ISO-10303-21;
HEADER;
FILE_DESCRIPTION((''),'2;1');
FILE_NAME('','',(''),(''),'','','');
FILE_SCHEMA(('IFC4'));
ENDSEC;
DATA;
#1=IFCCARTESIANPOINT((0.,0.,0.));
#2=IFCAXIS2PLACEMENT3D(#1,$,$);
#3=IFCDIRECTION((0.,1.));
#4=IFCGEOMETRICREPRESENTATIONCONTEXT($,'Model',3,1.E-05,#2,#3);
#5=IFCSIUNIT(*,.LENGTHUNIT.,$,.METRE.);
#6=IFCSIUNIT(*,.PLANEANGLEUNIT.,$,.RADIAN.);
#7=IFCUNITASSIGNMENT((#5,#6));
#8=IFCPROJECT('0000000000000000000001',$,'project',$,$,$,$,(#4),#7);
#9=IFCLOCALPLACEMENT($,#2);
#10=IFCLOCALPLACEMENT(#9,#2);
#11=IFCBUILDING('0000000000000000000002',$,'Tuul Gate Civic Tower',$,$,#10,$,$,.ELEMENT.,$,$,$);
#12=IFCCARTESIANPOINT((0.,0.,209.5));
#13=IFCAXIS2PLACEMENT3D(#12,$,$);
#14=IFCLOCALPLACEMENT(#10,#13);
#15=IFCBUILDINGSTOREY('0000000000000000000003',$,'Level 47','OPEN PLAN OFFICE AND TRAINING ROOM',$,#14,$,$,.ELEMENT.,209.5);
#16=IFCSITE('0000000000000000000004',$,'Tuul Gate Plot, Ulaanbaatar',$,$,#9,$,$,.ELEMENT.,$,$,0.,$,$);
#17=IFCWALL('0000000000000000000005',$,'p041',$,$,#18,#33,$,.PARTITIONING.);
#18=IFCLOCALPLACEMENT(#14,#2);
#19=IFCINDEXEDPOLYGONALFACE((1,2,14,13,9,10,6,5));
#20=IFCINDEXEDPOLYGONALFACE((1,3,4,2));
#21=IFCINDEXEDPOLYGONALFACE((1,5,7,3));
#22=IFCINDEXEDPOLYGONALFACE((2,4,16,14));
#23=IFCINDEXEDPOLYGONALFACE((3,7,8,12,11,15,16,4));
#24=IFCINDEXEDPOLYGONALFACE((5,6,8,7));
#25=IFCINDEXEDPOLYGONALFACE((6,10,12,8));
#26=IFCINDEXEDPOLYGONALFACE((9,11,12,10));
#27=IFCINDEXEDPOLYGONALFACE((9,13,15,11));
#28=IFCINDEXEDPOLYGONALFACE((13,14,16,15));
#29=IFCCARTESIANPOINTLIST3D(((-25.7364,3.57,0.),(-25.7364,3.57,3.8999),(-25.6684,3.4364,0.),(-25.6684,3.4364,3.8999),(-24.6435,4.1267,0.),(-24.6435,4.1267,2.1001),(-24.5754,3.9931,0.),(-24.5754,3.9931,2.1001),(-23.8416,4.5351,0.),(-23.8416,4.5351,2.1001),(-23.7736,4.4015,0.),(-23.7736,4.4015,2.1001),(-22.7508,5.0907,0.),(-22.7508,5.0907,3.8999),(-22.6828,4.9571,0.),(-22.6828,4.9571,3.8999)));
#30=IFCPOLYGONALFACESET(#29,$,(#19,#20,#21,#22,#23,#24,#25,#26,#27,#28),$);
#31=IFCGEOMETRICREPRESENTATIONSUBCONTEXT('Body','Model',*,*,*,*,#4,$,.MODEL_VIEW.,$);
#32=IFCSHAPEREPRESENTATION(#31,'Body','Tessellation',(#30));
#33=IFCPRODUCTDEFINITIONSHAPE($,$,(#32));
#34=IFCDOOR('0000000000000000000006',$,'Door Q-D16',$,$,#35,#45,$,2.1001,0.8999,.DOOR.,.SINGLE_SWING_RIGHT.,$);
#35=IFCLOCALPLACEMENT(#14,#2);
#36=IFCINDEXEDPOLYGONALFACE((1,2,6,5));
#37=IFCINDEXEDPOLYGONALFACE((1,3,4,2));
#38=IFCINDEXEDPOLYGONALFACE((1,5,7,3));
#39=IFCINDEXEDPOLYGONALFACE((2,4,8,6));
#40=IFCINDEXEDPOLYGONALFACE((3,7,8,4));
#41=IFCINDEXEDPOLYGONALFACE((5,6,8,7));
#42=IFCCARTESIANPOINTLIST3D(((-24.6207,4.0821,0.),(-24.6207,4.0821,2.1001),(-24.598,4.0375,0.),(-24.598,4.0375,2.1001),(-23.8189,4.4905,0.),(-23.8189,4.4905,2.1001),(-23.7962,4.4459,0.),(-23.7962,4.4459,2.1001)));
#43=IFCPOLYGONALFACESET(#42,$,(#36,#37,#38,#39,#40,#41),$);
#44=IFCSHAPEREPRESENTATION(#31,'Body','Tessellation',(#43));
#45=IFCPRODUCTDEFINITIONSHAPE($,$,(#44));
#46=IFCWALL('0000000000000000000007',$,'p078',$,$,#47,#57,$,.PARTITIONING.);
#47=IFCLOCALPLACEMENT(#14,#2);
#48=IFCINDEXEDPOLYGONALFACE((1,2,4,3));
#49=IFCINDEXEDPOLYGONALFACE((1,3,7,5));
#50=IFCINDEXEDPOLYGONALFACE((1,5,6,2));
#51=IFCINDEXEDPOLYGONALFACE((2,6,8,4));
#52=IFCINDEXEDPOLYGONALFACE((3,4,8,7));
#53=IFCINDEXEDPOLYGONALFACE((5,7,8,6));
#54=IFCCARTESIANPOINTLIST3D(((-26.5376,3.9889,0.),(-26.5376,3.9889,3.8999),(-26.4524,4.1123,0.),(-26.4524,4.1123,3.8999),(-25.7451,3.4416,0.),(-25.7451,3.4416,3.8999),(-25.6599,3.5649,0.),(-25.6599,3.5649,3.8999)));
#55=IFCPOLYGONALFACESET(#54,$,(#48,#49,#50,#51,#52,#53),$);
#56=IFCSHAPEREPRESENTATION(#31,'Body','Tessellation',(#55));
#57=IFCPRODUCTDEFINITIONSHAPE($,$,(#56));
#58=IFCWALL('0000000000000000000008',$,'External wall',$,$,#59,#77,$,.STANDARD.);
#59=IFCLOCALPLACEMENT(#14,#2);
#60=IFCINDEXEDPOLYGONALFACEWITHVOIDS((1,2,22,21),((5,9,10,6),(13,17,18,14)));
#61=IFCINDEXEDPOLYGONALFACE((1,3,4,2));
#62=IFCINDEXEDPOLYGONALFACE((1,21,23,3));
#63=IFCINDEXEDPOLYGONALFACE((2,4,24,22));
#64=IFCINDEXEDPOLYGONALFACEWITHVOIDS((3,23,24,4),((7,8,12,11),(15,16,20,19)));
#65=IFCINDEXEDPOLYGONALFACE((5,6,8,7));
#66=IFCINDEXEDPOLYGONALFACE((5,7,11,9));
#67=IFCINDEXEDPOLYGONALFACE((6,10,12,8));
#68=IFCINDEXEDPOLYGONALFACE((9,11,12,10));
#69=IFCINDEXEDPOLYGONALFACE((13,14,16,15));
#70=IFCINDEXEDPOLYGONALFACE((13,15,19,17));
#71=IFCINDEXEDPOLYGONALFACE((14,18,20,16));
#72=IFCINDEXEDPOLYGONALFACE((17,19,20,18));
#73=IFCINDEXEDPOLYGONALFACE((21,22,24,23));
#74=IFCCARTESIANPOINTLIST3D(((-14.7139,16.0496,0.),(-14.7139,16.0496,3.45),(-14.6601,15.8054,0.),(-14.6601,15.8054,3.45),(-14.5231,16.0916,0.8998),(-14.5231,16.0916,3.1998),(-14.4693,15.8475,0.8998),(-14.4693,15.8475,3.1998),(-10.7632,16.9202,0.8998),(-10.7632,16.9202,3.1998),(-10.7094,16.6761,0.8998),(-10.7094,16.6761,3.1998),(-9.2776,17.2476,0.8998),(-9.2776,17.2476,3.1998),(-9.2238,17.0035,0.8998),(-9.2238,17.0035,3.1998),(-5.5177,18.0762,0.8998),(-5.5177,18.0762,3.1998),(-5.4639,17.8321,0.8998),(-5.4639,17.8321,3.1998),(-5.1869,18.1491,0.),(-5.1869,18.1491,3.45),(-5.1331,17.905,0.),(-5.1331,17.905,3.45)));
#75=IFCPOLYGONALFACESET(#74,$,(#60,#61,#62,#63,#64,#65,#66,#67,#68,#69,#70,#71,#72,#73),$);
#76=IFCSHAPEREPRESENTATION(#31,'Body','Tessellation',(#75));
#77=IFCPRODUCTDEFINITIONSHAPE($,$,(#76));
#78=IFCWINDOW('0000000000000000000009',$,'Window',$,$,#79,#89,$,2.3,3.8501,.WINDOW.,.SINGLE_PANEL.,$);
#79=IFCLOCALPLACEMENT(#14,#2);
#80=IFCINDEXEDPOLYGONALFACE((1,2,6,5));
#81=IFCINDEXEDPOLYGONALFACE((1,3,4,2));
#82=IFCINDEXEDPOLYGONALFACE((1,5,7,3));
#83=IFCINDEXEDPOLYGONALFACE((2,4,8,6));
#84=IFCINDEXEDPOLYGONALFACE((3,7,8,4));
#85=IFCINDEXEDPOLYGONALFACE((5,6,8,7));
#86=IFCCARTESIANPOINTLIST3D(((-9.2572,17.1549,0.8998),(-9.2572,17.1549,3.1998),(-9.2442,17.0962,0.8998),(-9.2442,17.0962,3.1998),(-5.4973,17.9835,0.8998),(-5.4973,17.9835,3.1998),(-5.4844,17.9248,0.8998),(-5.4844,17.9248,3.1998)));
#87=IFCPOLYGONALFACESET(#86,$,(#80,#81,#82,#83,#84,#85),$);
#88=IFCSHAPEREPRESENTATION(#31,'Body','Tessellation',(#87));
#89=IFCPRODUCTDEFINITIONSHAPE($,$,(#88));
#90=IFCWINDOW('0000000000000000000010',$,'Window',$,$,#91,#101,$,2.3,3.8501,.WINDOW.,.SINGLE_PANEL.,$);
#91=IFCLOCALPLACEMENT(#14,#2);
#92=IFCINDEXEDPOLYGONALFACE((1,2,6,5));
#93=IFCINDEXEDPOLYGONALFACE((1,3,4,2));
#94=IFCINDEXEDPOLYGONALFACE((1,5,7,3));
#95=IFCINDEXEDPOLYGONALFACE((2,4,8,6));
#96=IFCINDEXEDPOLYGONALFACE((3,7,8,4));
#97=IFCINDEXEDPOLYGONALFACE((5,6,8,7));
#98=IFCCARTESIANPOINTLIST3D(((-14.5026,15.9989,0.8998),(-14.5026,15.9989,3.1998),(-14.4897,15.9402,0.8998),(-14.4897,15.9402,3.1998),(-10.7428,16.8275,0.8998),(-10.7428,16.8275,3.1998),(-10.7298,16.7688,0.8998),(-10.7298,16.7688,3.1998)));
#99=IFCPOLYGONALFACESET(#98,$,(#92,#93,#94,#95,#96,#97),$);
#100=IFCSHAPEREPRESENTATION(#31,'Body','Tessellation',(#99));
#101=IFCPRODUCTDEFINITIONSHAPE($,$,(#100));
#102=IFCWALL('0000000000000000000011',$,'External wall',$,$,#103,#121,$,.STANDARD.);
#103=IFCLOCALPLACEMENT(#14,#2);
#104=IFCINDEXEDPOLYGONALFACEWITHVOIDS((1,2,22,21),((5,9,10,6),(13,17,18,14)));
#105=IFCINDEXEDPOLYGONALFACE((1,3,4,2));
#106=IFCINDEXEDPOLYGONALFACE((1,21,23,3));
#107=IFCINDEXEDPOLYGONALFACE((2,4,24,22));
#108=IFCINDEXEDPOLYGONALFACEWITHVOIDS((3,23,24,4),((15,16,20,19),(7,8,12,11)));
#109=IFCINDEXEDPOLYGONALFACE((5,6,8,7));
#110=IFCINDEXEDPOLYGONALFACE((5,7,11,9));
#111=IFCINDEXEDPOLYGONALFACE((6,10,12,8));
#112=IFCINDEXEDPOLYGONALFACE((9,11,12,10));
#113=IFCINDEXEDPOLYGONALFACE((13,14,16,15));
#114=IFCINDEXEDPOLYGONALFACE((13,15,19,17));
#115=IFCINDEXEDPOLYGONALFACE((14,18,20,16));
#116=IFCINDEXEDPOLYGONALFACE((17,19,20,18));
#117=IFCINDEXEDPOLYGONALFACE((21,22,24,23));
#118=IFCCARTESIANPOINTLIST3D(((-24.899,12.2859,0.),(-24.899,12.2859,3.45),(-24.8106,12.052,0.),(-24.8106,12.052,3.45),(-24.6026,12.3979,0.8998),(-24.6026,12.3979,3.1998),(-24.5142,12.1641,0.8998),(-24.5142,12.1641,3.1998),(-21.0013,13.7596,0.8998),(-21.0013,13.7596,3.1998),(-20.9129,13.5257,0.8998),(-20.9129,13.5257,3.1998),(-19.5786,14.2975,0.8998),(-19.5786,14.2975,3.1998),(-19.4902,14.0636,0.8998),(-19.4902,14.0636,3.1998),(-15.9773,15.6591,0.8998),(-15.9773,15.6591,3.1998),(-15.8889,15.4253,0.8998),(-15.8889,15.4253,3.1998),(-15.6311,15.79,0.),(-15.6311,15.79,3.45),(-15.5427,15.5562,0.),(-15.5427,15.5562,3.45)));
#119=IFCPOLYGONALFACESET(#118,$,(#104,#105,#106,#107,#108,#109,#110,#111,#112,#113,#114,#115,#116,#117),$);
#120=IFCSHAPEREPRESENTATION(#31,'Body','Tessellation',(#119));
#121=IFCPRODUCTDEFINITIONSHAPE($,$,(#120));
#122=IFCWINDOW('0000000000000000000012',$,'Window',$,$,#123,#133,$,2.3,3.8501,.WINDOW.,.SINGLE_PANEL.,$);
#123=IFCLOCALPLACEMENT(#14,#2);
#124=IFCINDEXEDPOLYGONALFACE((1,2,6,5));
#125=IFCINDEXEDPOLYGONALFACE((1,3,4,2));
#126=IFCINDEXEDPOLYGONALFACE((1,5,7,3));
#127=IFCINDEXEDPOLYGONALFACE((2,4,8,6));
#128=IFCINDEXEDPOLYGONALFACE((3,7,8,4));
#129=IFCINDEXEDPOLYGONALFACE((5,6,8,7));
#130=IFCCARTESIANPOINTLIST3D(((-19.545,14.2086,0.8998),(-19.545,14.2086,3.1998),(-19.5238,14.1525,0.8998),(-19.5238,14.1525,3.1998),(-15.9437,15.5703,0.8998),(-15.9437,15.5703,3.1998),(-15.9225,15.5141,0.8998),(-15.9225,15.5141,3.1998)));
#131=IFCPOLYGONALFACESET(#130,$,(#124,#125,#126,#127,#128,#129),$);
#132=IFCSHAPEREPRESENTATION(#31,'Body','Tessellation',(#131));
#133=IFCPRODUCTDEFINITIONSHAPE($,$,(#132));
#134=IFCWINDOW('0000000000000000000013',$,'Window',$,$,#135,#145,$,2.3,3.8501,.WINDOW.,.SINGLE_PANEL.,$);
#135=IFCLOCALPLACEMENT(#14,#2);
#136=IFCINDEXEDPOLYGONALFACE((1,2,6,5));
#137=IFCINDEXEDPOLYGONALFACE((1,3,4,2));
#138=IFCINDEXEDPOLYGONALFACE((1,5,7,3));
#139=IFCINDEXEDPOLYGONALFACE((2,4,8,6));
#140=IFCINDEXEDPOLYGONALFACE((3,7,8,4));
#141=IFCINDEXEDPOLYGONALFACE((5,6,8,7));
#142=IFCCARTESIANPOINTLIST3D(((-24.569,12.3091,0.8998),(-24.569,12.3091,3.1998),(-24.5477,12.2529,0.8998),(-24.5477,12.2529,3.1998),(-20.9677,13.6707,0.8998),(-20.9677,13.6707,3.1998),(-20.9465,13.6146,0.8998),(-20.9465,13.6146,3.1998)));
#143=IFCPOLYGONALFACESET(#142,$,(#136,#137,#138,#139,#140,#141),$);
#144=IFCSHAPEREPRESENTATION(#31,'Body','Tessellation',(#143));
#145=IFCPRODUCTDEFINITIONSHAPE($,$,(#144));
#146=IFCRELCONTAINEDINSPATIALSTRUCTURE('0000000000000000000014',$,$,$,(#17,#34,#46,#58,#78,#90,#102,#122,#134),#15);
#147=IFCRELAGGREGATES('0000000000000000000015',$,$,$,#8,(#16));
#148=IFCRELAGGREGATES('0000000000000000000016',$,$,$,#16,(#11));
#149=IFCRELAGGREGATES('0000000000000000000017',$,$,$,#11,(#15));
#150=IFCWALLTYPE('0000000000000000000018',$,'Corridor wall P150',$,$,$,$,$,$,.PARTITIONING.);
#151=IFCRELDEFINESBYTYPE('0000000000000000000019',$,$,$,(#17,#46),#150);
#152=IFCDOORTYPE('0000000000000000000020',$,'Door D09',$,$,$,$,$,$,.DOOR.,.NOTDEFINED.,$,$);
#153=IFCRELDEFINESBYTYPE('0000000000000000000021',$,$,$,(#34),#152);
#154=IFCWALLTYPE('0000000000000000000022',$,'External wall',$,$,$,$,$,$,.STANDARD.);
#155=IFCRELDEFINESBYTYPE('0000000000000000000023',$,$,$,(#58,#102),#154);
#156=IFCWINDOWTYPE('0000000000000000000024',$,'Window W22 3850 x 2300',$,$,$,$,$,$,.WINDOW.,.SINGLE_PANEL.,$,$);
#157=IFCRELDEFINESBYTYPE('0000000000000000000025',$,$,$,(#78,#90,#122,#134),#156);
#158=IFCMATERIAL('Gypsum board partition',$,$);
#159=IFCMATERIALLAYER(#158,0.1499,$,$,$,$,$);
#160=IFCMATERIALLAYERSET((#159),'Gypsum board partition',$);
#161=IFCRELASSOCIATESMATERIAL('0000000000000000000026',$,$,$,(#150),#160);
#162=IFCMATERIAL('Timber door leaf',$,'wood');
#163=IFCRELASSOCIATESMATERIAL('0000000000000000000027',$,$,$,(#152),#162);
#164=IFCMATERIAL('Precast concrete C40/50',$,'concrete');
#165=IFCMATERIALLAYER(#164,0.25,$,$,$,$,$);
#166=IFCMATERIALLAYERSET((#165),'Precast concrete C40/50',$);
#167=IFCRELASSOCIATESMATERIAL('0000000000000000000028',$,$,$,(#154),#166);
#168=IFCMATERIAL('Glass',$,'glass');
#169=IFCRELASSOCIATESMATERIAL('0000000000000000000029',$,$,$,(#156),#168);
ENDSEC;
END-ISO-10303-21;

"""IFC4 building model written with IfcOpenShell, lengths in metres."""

from ifc_helpers import new_model, si_unit, direction, frame, frame_2d, origin, place, context, subcontext, project, spatial, rectangle, extrude, material, layer, layer_set, type_object, element, fill, save


model = new_model("IFC4")

# Units and contexts
model_context = context("Model", 3, precision=1e-05, world=origin(), true_north=direction((0.0, 1.0)))
body_context = subcontext(model_context, "Body", "Model", "MODEL_VIEW")
ifc_project = project(units=[si_unit("LENGTHUNIT", "METRE"), si_unit("PLANEANGLEUNIT", "RADIAN")], contexts=[model_context])

# Site, building, storey
site_placement = place(None, origin())
site = spatial("IfcSite", under=ifc_project, at=site_placement, Name="Tuul Gate Plot, Ulaanbaatar", CompositionType="ELEMENT", RefElevation=0.0)
building_placement = place(site_placement, origin())
building = spatial("IfcBuilding", under=site, at=building_placement, Name="Tuul Gate Civic Tower", CompositionType="ELEMENT")
storey_placement = place(building_placement, frame((0.0, 0.0, 209.5)))
storey = spatial("IfcBuildingStorey", under=building, at=storey_placement, Name="Level 47", Description="OPEN PLAN OFFICE AND TRAINING ROOM", CompositionType="ELEMENT", Elevation=209.5)

# Shared definitions
ifc_material_1 = material(Name="Gypsum board partition")
ifc_layer_1 = layer(ifc_material_1, 0.1499)
ifc_layer_set_1 = layer_set([ifc_layer_1], Name="Gypsum board partition")
wall_type_1 = type_object("IfcWallType", Name="Corridor wall P150", PredefinedType="PARTITIONING", material=ifc_layer_set_1)
ifc_material_2 = material(Name="Timber door leaf", Category="wood")
door_type_1 = type_object("IfcDoorType", Name="Door D09", OperationType="NOTDEFINED", PredefinedType="DOOR", material=ifc_material_2)

# Wall, opening, door
wall_1_placement = place(storey_placement, frame((-25.7024, 3.5032, 0.0), z_axis=(0.0, 0.0, 1.0), x_axis=(0.891065, 0.453876, 0.0)))
wall_1 = element("IfcWall", 1, at=wall_1_placement, inside=storey, type_object=wall_type_1, Name="p041", PredefinedType="PARTITIONING", context=body_context, shape_type="SweptSolid", body=[
    extrude(rectangle(XDim=3.3506, YDim=0.1499, at=frame_2d((1.6753, 0.0))), origin(), (0.0, 0.0, 1.0), 3.8999),
])
opening_1_placement = place(wall_1_placement, frame((1.2266, 0.0, 0.0)))
opening_1 = element("IfcOpeningElement", 2, at=opening_1_placement, cuts=wall_1, PredefinedType="OPENING", context=body_context, shape_type="SweptSolid", body=[
    extrude(rectangle(XDim=0.8999, YDim=2.1001, at=frame_2d((0.45, 1.05))), frame((0.0, 0.085, 0.0), z_axis=(0.0, -1.0, 0.0), x_axis=(1.0, 0.0, 0.0)), (0.0, 0.0, 1.0), 0.1699),
])
door_1_placement = place(opening_1_placement, origin())
door_1 = element("IfcDoor", 3, at=door_1_placement, inside=storey, type_object=door_type_1, Name="Door Q-D16", OperationType="SINGLE_SWING_RIGHT", OverallHeight=2.1001, OverallWidth=0.8999, PredefinedType="DOOR", context=body_context, shape_type="SweptSolid", body=[
    extrude(rectangle(XDim=0.8999, YDim=2.1001, at=frame_2d((0.45, 1.05))), frame((0.0, 0.0249, 0.0), z_axis=(0.0, -1.0, 0.0), x_axis=(1.0, 0.0, 0.0)), (0.0, 0.0, 1.0), 0.05),
])
fill(opening_1, door_1)

# Wall
wall_2_placement = place(storey_placement, frame((-26.4949, 4.0505, 0.0), z_axis=(0.0, 0.0, 1.0), x_axis=(0.822812, -0.568313, 0.0)))
element("IfcWall", 4, at=wall_2_placement, inside=storey, type_object=wall_type_1, Name="p078", PredefinedType="PARTITIONING", context=body_context, shape_type="SweptSolid", body=[
    extrude(rectangle(XDim=0.9631, YDim=0.1499, at=frame_2d((0.4814, 0.0))), origin(), (0.0, 0.0, 1.0), 3.8999),
])

# Walls, openings, windows
ifc_material_3 = material(Name="Precast concrete C40/50", Category="concrete")
ifc_layer_2 = layer(ifc_material_3, 0.25)
ifc_layer_set_2 = layer_set([ifc_layer_2], Name="Precast concrete C40/50")
wall_type_2 = type_object("IfcWallType", Name="External wall", PredefinedType="STANDARD", material=ifc_layer_set_2)
wall_3_placement = place(storey_placement, frame((-5.1599, 18.0271, 0.0), z_axis=(0.0, 0.0, 1.0), x_axis=(-0.976566, -0.215218, 0.0)))
wall_3 = element("IfcWall", 5, at=wall_3_placement, inside=storey, type_object=wall_type_2, Name="External wall", PredefinedType="STANDARD", context=body_context, shape_type="SweptSolid", body=[
    extrude(rectangle(XDim=9.7556, YDim=0.25, at=frame_2d((4.8779, 0.0))), origin(), (0.0, 0.0, 1.0), 3.45),
])
opening_2_placement = place(wall_3_placement, frame((0.3389, 0.0, 0.8999)))
opening_2 = element("IfcOpeningElement", 6, at=opening_2_placement, cuts=wall_3, PredefinedType="OPENING", context=body_context, shape_type="SweptSolid", body=[
    extrude(rectangle(XDim=3.8501, YDim=2.3, at=frame_2d((1.925, 1.1499))), frame((0.0, 0.135, 0.0), z_axis=(0.0, -1.0, 0.0), x_axis=(1.0, 0.0, 0.0)), (0.0, 0.0, 1.0), 0.27),
])
opening_3_placement = place(wall_3_placement, frame((5.7102, 0.0, 0.8999)))
opening_3 = element("IfcOpeningElement", 7, at=opening_3_placement, cuts=wall_3, PredefinedType="OPENING", context=body_context, shape_type="SweptSolid", body=[
    extrude(rectangle(XDim=3.8501, YDim=2.3, at=frame_2d((1.925, 1.1499))), frame((0.0, 0.135, 0.0), z_axis=(0.0, -1.0, 0.0), x_axis=(1.0, 0.0, 0.0)), (0.0, 0.0, 1.0), 0.27),
])
ifc_material_4 = material(Name="Glass", Category="glass")
window_type = type_object("IfcWindowType", Name="Window W22 3850 x 2300", PartitioningType="SINGLE_PANEL", PredefinedType="WINDOW", material=ifc_material_4)
window_1_placement = place(opening_2_placement, origin())
window_1 = element("IfcWindow", 8, at=window_1_placement, inside=storey, type_object=window_type, Name="Window", OverallHeight=2.3, OverallWidth=3.8501, PartitioningType="SINGLE_PANEL", PredefinedType="WINDOW", context=body_context, shape_type="SweptSolid", body=[
    extrude(rectangle(XDim=3.8501, YDim=2.3, at=frame_2d((1.925, 1.1499))), frame((0.0, 0.03, 0.0), z_axis=(0.0, -1.0, 0.0), x_axis=(1.0, 0.0, 0.0)), (0.0, 0.0, 1.0), 0.0601),
])
fill(opening_2, window_1)
window_2_placement = place(opening_3_placement, origin())
window_2 = element("IfcWindow", 9, at=window_2_placement, inside=storey, type_object=window_type, Name="Window", OverallHeight=2.3, OverallWidth=3.8501, PartitioningType="SINGLE_PANEL", PredefinedType="WINDOW", context=body_context, shape_type="SweptSolid", body=[
    extrude(rectangle(XDim=3.8501, YDim=2.3, at=frame_2d((1.925, 1.1499))), frame((0.0, 0.03, 0.0), z_axis=(0.0, -1.0, 0.0), x_axis=(1.0, 0.0, 0.0)), (0.0, 0.0, 1.0), 0.0601),
])
fill(opening_3, window_2)
wall_4_placement = place(storey_placement, frame((-15.5869, 15.6731, 0.0), z_axis=(0.0, 0.0, 1.0), x_axis=(-0.935373, -0.353663, 0.0)))
wall_4 = element("IfcWall", 10, at=wall_4_placement, inside=storey, type_object=wall_type_2, Name="External wall", PredefinedType="STANDARD", context=body_context, shape_type="SweptSolid", body=[
    extrude(rectangle(XDim=9.9082, YDim=0.25, at=frame_2d((4.9541, 0.0))), origin(), (0.0, 0.0, 1.0), 3.45),
])
opening_4_placement = place(wall_4_placement, frame((0.3701, 0.0, 0.8999)))
opening_4 = element("IfcOpeningElement", 11, at=opening_4_placement, cuts=wall_4, PredefinedType="OPENING", context=body_context, shape_type="SweptSolid", body=[
    extrude(rectangle(XDim=3.8501, YDim=2.3, at=frame_2d((1.925, 1.1499))), frame((0.0, 0.135, 0.0), z_axis=(0.0, -1.0, 0.0), x_axis=(1.0, 0.0, 0.0)), (0.0, 0.0, 1.0), 0.27),
])
opening_5_placement = place(wall_4_placement, frame((5.7412, 0.0, 0.8999)))
opening_5 = element("IfcOpeningElement", 12, at=opening_5_placement, cuts=wall_4, PredefinedType="OPENING", context=body_context, shape_type="SweptSolid", body=[
    extrude(rectangle(XDim=3.8501, YDim=2.3, at=frame_2d((1.925, 1.1499))), frame((0.0, 0.135, 0.0), z_axis=(0.0, -1.0, 0.0), x_axis=(1.0, 0.0, 0.0)), (0.0, 0.0, 1.0), 0.27),
])
window_3_placement = place(opening_4_placement, origin())
window_3 = element("IfcWindow", 13, at=window_3_placement, inside=storey, type_object=window_type, Name="Window", OverallHeight=2.3, OverallWidth=3.8501, PartitioningType="SINGLE_PANEL", PredefinedType="WINDOW", context=body_context, shape_type="SweptSolid", body=[
    extrude(rectangle(XDim=3.8501, YDim=2.3, at=frame_2d((1.925, 1.1499))), frame((0.0, 0.03, 0.0), z_axis=(0.0, -1.0, 0.0), x_axis=(1.0, 0.0, 0.0)), (0.0, 0.0, 1.0), 0.0601),
])
fill(opening_4, window_3)
window_4_placement = place(opening_5_placement, origin())
window_4 = element("IfcWindow", 14, at=window_4_placement, inside=storey, type_object=window_type, Name="Window", OverallHeight=2.3, OverallWidth=3.8501, PartitioningType="SINGLE_PANEL", PredefinedType="WINDOW", context=body_context, shape_type="SweptSolid", body=[
    extrude(rectangle(XDim=3.8501, YDim=2.3, at=frame_2d((1.925, 1.1499))), frame((0.0, 0.03, 0.0), z_axis=(0.0, -1.0, 0.0), x_axis=(1.0, 0.0, 0.0)), (0.0, 0.0, 1.0), 0.0601),
])
fill(opening_5, window_4)

save(model, "model.ifc")
